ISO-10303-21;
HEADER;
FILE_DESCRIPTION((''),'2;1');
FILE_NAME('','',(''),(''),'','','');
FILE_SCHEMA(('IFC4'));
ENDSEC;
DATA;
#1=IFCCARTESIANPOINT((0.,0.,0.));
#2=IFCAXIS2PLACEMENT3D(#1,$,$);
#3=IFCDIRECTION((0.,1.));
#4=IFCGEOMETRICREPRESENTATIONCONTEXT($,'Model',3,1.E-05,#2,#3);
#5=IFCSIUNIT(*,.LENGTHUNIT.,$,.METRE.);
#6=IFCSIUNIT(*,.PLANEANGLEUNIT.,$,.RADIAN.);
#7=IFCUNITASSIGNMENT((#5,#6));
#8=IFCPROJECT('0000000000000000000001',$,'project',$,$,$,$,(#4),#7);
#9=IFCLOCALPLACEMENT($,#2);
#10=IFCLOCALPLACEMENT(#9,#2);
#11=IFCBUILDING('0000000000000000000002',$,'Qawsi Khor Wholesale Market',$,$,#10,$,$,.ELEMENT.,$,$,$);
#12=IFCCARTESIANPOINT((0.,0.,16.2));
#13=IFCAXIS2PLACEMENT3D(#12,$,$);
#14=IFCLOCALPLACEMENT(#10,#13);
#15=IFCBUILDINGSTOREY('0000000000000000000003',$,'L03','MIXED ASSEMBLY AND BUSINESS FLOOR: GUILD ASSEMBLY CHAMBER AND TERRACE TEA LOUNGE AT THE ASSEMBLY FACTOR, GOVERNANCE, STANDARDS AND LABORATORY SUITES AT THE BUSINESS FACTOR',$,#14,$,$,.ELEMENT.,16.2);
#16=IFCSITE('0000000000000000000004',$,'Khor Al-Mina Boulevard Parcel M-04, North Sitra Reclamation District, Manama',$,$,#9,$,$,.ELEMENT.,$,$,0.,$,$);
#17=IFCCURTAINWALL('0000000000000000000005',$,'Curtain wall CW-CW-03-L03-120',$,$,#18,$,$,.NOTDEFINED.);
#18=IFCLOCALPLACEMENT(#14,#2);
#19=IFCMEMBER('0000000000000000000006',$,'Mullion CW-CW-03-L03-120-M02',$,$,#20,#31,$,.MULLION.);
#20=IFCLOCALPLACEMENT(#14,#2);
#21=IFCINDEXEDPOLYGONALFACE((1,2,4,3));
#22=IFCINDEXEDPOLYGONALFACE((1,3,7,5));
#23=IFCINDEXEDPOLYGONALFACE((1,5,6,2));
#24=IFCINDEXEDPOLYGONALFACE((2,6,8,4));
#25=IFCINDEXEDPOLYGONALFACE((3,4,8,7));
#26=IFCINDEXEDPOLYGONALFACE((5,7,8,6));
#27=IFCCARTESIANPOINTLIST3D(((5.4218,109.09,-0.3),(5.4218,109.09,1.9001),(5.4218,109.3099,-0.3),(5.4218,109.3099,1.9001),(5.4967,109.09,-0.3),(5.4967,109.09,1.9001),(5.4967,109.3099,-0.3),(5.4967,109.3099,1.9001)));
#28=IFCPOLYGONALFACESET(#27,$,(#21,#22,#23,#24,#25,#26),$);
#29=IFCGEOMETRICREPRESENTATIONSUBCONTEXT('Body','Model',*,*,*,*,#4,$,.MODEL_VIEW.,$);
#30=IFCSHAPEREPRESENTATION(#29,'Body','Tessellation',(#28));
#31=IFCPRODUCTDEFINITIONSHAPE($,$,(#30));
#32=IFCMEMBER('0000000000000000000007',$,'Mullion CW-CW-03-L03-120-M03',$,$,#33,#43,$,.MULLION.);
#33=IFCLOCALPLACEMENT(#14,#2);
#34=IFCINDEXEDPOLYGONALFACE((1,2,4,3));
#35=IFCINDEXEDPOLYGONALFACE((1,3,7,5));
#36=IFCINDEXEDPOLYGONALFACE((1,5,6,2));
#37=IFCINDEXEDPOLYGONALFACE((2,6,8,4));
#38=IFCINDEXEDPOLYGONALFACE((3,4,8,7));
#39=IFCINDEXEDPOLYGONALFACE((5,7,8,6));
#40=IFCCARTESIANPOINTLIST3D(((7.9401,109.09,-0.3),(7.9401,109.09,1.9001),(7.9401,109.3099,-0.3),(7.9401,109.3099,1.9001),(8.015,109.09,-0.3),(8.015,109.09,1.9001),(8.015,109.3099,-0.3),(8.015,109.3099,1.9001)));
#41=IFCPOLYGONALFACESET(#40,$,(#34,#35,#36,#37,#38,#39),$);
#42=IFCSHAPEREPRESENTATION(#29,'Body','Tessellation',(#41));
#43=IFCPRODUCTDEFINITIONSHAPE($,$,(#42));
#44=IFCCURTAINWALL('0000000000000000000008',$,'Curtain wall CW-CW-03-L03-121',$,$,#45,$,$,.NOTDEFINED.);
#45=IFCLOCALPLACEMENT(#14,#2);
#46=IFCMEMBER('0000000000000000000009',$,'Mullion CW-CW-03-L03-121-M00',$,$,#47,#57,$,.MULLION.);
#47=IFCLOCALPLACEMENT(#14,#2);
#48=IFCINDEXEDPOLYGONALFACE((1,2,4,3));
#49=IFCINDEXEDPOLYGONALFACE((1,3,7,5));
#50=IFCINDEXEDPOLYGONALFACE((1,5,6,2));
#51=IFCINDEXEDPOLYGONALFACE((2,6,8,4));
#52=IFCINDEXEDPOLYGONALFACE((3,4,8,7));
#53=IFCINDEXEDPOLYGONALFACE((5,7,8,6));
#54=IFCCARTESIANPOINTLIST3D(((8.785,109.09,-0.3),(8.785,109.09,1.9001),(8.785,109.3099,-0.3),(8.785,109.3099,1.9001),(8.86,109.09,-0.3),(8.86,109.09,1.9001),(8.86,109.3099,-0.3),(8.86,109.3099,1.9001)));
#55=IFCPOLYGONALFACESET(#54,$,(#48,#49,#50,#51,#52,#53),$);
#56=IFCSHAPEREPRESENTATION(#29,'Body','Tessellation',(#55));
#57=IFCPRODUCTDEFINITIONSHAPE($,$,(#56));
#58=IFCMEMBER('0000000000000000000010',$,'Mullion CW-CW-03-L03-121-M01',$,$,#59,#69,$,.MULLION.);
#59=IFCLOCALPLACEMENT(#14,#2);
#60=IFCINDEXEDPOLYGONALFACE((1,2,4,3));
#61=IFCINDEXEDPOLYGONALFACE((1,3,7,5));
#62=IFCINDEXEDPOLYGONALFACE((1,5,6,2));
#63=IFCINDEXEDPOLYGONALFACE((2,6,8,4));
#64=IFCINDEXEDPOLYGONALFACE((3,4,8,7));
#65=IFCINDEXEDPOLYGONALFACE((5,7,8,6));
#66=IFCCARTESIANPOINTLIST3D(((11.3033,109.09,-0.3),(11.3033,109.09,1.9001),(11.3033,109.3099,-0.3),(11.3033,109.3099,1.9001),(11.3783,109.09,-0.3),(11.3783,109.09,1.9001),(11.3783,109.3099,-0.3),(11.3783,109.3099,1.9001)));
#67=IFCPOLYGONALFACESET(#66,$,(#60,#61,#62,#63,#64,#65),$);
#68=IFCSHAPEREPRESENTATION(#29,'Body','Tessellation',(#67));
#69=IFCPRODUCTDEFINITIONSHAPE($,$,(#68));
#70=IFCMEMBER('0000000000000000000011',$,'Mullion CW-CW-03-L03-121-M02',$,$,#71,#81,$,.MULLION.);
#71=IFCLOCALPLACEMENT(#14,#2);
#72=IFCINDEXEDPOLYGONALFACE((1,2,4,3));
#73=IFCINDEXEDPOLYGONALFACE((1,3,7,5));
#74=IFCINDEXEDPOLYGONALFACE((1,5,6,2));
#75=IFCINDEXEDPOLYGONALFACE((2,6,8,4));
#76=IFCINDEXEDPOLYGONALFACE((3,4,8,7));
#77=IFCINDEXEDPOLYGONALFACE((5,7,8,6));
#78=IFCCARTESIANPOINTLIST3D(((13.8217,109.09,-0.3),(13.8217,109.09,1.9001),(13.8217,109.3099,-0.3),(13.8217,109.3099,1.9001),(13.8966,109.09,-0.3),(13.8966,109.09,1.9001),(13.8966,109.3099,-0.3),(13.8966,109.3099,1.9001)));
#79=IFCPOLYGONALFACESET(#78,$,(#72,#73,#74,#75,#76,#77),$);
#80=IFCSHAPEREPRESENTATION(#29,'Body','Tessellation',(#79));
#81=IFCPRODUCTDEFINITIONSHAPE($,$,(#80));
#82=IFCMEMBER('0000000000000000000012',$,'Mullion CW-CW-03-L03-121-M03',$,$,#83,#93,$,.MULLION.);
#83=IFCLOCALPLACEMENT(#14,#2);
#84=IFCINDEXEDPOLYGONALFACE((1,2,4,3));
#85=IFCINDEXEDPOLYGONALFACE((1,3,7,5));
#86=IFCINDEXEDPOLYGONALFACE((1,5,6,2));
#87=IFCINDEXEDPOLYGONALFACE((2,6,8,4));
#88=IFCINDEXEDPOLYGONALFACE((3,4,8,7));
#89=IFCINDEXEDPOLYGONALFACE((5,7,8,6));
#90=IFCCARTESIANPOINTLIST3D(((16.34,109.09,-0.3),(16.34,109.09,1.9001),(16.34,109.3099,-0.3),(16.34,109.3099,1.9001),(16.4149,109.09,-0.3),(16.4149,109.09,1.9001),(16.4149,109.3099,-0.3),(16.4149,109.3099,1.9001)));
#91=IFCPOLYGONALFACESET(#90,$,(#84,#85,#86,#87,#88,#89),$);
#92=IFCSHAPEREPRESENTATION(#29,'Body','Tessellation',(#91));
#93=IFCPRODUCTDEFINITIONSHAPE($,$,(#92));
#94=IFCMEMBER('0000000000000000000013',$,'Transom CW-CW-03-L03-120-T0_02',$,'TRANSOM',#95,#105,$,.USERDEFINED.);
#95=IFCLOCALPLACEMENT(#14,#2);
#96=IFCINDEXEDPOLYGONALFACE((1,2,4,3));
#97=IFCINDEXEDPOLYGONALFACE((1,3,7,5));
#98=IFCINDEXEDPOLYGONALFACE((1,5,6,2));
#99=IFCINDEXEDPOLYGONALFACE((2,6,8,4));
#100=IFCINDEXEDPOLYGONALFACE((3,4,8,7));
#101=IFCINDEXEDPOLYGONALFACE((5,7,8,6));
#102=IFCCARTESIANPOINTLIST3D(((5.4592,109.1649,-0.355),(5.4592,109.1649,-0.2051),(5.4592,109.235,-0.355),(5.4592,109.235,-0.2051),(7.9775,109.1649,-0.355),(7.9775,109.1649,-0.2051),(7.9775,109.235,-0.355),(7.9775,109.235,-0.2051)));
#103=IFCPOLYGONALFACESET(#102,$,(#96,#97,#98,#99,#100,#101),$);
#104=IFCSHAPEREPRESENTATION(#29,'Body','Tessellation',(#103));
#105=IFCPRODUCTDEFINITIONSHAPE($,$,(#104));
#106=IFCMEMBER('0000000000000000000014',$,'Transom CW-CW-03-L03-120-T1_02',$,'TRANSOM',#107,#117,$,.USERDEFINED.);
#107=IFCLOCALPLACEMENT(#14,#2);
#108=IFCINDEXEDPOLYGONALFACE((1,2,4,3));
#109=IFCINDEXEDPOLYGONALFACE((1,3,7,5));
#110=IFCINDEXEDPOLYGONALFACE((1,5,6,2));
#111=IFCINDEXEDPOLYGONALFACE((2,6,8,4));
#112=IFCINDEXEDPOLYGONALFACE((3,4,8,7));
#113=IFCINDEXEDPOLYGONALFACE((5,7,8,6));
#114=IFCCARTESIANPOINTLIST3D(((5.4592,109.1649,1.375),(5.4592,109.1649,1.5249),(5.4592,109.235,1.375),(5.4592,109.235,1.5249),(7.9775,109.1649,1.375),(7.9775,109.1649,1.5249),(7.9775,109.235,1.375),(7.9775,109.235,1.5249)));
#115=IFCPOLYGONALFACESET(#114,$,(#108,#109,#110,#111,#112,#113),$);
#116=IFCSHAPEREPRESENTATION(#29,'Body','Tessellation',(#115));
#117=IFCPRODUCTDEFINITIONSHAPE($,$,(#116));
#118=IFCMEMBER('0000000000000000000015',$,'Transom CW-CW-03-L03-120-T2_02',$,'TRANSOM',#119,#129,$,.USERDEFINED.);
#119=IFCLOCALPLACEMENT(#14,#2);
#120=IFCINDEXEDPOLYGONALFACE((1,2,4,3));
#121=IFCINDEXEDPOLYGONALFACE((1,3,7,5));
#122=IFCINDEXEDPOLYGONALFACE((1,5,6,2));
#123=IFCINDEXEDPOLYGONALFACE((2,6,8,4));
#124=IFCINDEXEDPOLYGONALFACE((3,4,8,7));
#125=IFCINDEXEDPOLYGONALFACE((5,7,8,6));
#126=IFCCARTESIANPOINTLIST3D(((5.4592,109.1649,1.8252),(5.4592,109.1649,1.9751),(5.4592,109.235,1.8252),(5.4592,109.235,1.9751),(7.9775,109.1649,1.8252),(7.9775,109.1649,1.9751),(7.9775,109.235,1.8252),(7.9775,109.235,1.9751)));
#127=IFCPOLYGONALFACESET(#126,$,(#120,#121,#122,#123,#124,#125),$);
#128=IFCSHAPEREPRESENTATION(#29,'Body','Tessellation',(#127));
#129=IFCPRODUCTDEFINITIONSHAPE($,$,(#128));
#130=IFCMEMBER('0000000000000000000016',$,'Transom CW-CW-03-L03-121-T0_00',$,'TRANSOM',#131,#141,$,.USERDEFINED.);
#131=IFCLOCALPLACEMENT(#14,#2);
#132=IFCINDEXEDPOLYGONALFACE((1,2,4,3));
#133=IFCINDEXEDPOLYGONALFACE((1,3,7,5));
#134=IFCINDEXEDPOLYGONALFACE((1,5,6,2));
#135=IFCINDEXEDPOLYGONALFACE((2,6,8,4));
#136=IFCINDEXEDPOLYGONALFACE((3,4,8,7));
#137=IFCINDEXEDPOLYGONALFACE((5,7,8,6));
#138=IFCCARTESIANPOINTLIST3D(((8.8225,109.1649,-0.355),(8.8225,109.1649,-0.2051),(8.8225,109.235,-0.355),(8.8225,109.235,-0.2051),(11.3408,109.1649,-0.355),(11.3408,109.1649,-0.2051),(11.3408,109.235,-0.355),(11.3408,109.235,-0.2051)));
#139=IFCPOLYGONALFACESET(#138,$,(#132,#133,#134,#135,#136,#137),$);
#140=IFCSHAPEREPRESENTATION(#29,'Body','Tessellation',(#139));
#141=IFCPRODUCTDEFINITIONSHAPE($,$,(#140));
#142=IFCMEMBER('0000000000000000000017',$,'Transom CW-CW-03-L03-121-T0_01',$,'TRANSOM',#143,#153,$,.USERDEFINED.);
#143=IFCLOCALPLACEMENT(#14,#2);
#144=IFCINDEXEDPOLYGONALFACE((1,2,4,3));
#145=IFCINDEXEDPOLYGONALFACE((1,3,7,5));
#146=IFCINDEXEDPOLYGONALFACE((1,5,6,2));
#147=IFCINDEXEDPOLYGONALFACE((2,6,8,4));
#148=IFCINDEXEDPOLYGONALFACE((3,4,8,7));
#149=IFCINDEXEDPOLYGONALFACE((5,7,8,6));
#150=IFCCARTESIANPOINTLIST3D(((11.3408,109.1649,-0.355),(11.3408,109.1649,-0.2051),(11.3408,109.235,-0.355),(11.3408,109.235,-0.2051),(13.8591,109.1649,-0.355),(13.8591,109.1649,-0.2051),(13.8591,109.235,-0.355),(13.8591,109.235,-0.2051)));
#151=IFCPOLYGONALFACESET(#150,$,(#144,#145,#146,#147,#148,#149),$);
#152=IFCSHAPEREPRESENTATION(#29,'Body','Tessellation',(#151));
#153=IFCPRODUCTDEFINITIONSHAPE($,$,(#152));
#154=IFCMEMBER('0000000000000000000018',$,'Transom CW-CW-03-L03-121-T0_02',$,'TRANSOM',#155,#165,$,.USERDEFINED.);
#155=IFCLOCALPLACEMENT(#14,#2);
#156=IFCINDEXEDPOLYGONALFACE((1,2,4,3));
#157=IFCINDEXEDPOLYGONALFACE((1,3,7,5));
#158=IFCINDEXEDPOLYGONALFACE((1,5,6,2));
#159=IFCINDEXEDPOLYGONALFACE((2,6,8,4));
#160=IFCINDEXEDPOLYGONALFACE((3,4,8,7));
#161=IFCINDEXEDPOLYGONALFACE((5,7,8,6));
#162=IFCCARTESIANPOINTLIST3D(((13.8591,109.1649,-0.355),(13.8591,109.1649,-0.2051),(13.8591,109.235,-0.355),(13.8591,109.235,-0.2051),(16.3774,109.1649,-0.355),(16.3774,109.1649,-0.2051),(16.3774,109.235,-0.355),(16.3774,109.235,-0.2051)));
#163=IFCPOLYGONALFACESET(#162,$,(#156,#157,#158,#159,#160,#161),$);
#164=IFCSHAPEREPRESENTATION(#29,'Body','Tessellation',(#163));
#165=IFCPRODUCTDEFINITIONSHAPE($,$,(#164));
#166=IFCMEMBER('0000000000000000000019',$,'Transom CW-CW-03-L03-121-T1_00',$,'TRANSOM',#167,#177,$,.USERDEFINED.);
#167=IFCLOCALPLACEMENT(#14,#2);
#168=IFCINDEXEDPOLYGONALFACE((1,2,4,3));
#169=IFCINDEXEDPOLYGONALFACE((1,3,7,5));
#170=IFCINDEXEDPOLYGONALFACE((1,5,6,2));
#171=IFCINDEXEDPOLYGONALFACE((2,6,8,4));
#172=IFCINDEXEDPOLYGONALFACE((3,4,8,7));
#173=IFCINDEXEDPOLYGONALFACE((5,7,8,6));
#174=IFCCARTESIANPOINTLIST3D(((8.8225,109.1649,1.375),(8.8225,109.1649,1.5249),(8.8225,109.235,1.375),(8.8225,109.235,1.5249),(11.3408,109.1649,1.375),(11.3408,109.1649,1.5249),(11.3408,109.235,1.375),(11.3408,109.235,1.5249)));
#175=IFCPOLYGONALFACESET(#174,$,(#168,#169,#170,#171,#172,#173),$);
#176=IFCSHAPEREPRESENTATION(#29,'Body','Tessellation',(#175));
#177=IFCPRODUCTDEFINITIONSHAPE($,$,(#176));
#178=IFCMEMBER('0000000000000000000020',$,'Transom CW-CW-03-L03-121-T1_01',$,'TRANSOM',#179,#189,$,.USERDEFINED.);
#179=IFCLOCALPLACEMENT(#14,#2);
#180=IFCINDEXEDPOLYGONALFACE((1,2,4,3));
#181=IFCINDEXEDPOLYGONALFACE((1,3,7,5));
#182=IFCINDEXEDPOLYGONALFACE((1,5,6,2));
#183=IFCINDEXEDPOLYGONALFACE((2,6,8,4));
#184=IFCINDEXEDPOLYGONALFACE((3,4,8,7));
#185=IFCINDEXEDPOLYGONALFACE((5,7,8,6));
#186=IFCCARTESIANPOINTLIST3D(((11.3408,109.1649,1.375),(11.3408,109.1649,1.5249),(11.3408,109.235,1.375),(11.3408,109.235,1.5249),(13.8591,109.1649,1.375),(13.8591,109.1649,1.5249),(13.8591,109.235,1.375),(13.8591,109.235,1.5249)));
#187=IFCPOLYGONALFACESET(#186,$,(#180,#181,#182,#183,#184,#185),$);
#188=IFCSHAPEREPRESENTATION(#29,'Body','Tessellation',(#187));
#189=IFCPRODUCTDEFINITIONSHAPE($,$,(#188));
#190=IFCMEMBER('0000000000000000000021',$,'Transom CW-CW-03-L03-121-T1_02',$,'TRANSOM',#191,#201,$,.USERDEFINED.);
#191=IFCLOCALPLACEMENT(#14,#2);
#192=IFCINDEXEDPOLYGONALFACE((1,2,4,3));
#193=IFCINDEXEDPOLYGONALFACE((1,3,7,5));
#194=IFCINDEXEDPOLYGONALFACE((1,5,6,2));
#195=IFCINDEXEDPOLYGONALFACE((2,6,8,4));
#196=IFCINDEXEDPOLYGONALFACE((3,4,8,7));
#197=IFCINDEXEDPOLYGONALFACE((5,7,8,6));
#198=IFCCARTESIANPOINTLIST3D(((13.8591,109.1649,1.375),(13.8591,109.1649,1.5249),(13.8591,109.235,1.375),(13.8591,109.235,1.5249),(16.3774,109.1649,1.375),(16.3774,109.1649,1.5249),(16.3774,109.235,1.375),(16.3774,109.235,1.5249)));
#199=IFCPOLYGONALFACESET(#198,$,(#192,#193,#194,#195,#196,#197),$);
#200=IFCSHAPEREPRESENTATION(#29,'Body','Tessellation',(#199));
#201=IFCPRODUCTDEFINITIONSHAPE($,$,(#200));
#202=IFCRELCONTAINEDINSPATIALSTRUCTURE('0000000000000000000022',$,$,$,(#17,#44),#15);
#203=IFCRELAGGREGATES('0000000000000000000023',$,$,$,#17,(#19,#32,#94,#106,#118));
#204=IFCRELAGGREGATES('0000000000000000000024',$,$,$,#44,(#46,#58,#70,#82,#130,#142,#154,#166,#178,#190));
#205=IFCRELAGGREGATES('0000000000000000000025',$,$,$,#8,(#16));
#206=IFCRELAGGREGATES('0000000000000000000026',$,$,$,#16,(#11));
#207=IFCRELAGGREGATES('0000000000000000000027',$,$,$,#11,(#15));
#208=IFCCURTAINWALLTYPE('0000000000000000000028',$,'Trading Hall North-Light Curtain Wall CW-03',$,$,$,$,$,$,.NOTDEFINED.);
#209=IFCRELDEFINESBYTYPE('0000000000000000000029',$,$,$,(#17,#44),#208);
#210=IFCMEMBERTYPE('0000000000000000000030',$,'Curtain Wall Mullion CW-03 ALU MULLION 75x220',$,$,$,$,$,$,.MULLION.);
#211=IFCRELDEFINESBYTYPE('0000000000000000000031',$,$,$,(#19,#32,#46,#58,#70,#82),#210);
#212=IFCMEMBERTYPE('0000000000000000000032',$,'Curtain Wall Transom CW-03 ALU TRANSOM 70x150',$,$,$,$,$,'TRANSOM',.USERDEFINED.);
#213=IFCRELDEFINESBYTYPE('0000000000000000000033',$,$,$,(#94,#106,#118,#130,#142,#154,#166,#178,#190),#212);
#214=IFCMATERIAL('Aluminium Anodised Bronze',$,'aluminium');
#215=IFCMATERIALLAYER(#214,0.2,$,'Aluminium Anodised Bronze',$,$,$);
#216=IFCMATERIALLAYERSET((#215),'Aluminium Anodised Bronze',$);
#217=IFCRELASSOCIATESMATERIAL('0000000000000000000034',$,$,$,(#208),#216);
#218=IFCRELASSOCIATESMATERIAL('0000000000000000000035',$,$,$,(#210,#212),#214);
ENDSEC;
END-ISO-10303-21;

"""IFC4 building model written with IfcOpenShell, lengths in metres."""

from ifc_helpers import new_model, si_unit, direction, frame, origin, origin_2d, place, context, subcontext, project, spatial, rectangle, extrude, material, layer, layer_set, material_profile, profile_set, type_object, element, aggregate, save


model = new_model("IFC4")

# Units and contexts
model_context = context("Model", 3, precision=1e-05, world=origin(), true_north=direction((0.0, 1.0)))
body_context = subcontext(model_context, "Body", "Model", "MODEL_VIEW")
ifc_project = project(units=[si_unit("LENGTHUNIT", "METRE"), si_unit("PLANEANGLEUNIT", "RADIAN")], contexts=[model_context])

# Site, building, storey
site_placement = place(None, origin())
site = spatial("IfcSite", under=ifc_project, at=site_placement, Name="Khor Al-Mina Boulevard Parcel M-04, North Sitra Reclamation District, Manama", CompositionType="ELEMENT", RefElevation=0.0)
building_placement = place(site_placement, origin())
building = spatial("IfcBuilding", under=site, at=building_placement, Name="Qawsi Khor Wholesale Market", CompositionType="ELEMENT")
storey_placement = place(building_placement, frame((0.0, 0.0, 16.2)))
storey = spatial("IfcBuildingStorey", under=building, at=storey_placement, Name="L03", Description="MIXED ASSEMBLY AND BUSINESS FLOOR: GUILD ASSEMBLY CHAMBER AND TERRACE TEA LOUNGE AT THE ASSEMBLY FACTOR, GOVERNANCE, STANDARDS AND LABORATORY SUITES AT THE BUSINESS FACTOR", CompositionType="ELEMENT", Elevation=16.2)

# Curtain walls, members
ifc_material_1 = material(Name="Aluminium Anodised Bronze", Category="aluminium")
ifc_layer_1 = layer(ifc_material_1, 0.2, Name="Aluminium Anodised Bronze")
ifc_layer_set_1 = layer_set([ifc_layer_1], Name="Aluminium Anodised Bronze")
curtain_wall_type = type_object("IfcCurtainWallType", Name="Trading Hall North-Light Curtain Wall CW-03", PredefinedType="NOTDEFINED", material=ifc_layer_set_1)
curtain_wall_1_placement = place(storey_placement, origin())
curtain_wall_1 = element("IfcCurtainWall", 1, at=curtain_wall_1_placement, inside=storey, type_object=curtain_wall_type, Name="Curtain wall CW-CW-03-L03-120", PredefinedType="NOTDEFINED")
ifc_material_profile_1 = material_profile(ifc_material_1, rectangle(XDim=0.075, YDim=0.22, at=origin_2d()), Name="ALU MULLION 75x220")
ifc_profile_set_1 = profile_set([ifc_material_profile_1], Name="Aluminium Anodised Bronze")
member_type_1 = type_object("IfcMemberType", Name="Curtain Wall Mullion CW-03 ALU MULLION 75x220", PredefinedType="MULLION", material=ifc_profile_set_1)
member_1_placement = place(storey_placement, frame((5.4592, 109.2, -0.3), z_axis=(0.0, 0.0, 1.0), x_axis=(1.0, 0.0, 0.0)))
member_1 = element("IfcMember", 2, at=member_1_placement, type_object=member_type_1, Name="Mullion CW-CW-03-L03-120-M02", PredefinedType="MULLION", context=body_context, shape_type="SweptSolid", body=[
    extrude(rectangle(XDim=0.075, YDim=0.22, at=origin_2d()), origin(), (0.0, 0.0, 1.0), 2.2002),
])
member_2_placement = place(storey_placement, frame((7.9775, 109.2, -0.3), z_axis=(0.0, 0.0, 1.0), x_axis=(1.0, 0.0, 0.0)))
member_2 = element("IfcMember", 3, at=member_2_placement, type_object=member_type_1, Name="Mullion CW-CW-03-L03-120-M03", PredefinedType="MULLION", context=body_context, shape_type="SweptSolid", body=[
    extrude(rectangle(XDim=0.075, YDim=0.22, at=origin_2d()), origin(), (0.0, 0.0, 1.0), 2.2002),
])
curtain_wall_2_placement = place(storey_placement, origin())
curtain_wall_2 = element("IfcCurtainWall", 4, at=curtain_wall_2_placement, inside=storey, type_object=curtain_wall_type, Name="Curtain wall CW-CW-03-L03-121", PredefinedType="NOTDEFINED")
member_3_placement = place(storey_placement, frame((8.8225, 109.2, -0.3), z_axis=(0.0, 0.0, 1.0), x_axis=(1.0, 0.0, 0.0)))
member_3 = element("IfcMember", 5, at=member_3_placement, type_object=member_type_1, Name="Mullion CW-CW-03-L03-121-M00", PredefinedType="MULLION", context=body_context, shape_type="SweptSolid", body=[
    extrude(rectangle(XDim=0.075, YDim=0.22, at=origin_2d()), origin(), (0.0, 0.0, 1.0), 2.2002),
])
member_4_placement = place(storey_placement, frame((11.3408, 109.2, -0.3), z_axis=(0.0, 0.0, 1.0), x_axis=(1.0, 0.0, 0.0)))
member_4 = element("IfcMember", 6, at=member_4_placement, type_object=member_type_1, Name="Mullion CW-CW-03-L03-121-M01", PredefinedType="MULLION", context=body_context, shape_type="SweptSolid", body=[
    extrude(rectangle(XDim=0.075, YDim=0.22, at=origin_2d()), origin(), (0.0, 0.0, 1.0), 2.2002),
])
member_5_placement = place(storey_placement, frame((13.8591, 109.2, -0.3), z_axis=(0.0, 0.0, 1.0), x_axis=(1.0, 0.0, 0.0)))
member_5 = element("IfcMember", 7, at=member_5_placement, type_object=member_type_1, Name="Mullion CW-CW-03-L03-121-M02", PredefinedType="MULLION", context=body_context, shape_type="SweptSolid", body=[
    extrude(rectangle(XDim=0.075, YDim=0.22, at=origin_2d()), origin(), (0.0, 0.0, 1.0), 2.2002),
])
member_6_placement = place(storey_placement, frame((16.3774, 109.2, -0.3), z_axis=(0.0, 0.0, 1.0), x_axis=(1.0, 0.0, 0.0)))
member_6 = element("IfcMember", 8, at=member_6_placement, type_object=member_type_1, Name="Mullion CW-CW-03-L03-121-M03", PredefinedType="MULLION", context=body_context, shape_type="SweptSolid", body=[
    extrude(rectangle(XDim=0.075, YDim=0.22, at=origin_2d()), origin(), (0.0, 0.0, 1.0), 2.2002),
])

# Members
ifc_material_profile_2 = material_profile(ifc_material_1, rectangle(XDim=0.0701, YDim=0.1499, at=origin_2d()), Name="ALU TRANSOM 70x150")
ifc_profile_set_2 = profile_set([ifc_material_profile_2], Name="Aluminium Anodised Bronze")
member_type_2 = type_object("IfcMemberType", Name="Curtain Wall Transom CW-03 ALU TRANSOM 70x150", ElementType="TRANSOM", PredefinedType="USERDEFINED", material=ifc_profile_set_2)
member_7_placement = place(storey_placement, frame((5.4592, 109.2, -0.28), z_axis=(1.0, 0.0, 0.0), x_axis=(0.0, 1.0, 0.0)))
member_7 = element("IfcMember", 9, at=member_7_placement, type_object=member_type_2, Name="Transom CW-CW-03-L03-120-T0_02", ObjectType="TRANSOM", PredefinedType="USERDEFINED", context=body_context, shape_type="SweptSolid", body=[
    extrude(rectangle(XDim=0.0701, YDim=0.1499, at=origin_2d()), origin(), (0.0, 0.0, 1.0), 2.5183),
])
member_8_placement = place(storey_placement, frame((5.4592, 109.2, 1.45), z_axis=(1.0, 0.0, 0.0), x_axis=(0.0, 1.0, 0.0)))
member_8 = element("IfcMember", 10, at=member_8_placement, type_object=member_type_2, Name="Transom CW-CW-03-L03-120-T1_02", ObjectType="TRANSOM", PredefinedType="USERDEFINED", context=body_context, shape_type="SweptSolid", body=[
    extrude(rectangle(XDim=0.0701, YDim=0.1499, at=origin_2d()), origin(), (0.0, 0.0, 1.0), 2.5183),
])
member_9_placement = place(storey_placement, frame((5.4592, 109.2, 1.9001), z_axis=(1.0, 0.0, 0.0), x_axis=(0.0, 1.0, 0.0)))
member_9 = element("IfcMember", 11, at=member_9_placement, type_object=member_type_2, Name="Transom CW-CW-03-L03-120-T2_02", ObjectType="TRANSOM", PredefinedType="USERDEFINED", context=body_context, shape_type="SweptSolid", body=[
    extrude(rectangle(XDim=0.0701, YDim=0.1499, at=origin_2d()), origin(), (0.0, 0.0, 1.0), 2.5183),
])
member_10_placement = place(storey_placement, frame((8.8225, 109.2, -0.28), z_axis=(1.0, 0.0, 0.0), x_axis=(0.0, 1.0, 0.0)))
member_10 = element("IfcMember", 12, at=member_10_placement, type_object=member_type_2, Name="Transom CW-CW-03-L03-121-T0_00", ObjectType="TRANSOM", PredefinedType="USERDEFINED", context=body_context, shape_type="SweptSolid", body=[
    extrude(rectangle(XDim=0.0701, YDim=0.1499, at=origin_2d()), origin(), (0.0, 0.0, 1.0), 2.5183),
])
member_11_placement = place(storey_placement, frame((11.3408, 109.2, -0.28), z_axis=(1.0, 0.0, 0.0), x_axis=(0.0, 1.0, 0.0)))
member_11 = element("IfcMember", 13, at=member_11_placement, type_object=member_type_2, Name="Transom CW-CW-03-L03-121-T0_01", ObjectType="TRANSOM", PredefinedType="USERDEFINED", context=body_context, shape_type="SweptSolid", body=[
    extrude(rectangle(XDim=0.0701, YDim=0.1499, at=origin_2d()), origin(), (0.0, 0.0, 1.0), 2.5183),
])
member_12_placement = place(storey_placement, frame((13.8591, 109.2, -0.28), z_axis=(1.0, 0.0, 0.0), x_axis=(0.0, 1.0, 0.0)))
member_12 = element("IfcMember", 14, at=member_12_placement, type_object=member_type_2, Name="Transom CW-CW-03-L03-121-T0_02", ObjectType="TRANSOM", PredefinedType="USERDEFINED", context=body_context, shape_type="SweptSolid", body=[
    extrude(rectangle(XDim=0.0701, YDim=0.1499, at=origin_2d()), origin(), (0.0, 0.0, 1.0), 2.5183),
])
member_13_placement = place(storey_placement, frame((8.8225, 109.2, 1.45), z_axis=(1.0, 0.0, 0.0), x_axis=(0.0, 1.0, 0.0)))
member_13 = element("IfcMember", 15, at=member_13_placement, type_object=member_type_2, Name="Transom CW-CW-03-L03-121-T1_00", ObjectType="TRANSOM", PredefinedType="USERDEFINED", context=body_context, shape_type="SweptSolid", body=[
    extrude(rectangle(XDim=0.0701, YDim=0.1499, at=origin_2d()), origin(), (0.0, 0.0, 1.0), 2.5183),
])
member_14_placement = place(storey_placement, frame((11.3408, 109.2, 1.45), z_axis=(1.0, 0.0, 0.0), x_axis=(0.0, 1.0, 0.0)))
member_14 = element("IfcMember", 16, at=member_14_placement, type_object=member_type_2, Name="Transom CW-CW-03-L03-121-T1_01", ObjectType="TRANSOM", PredefinedType="USERDEFINED", context=body_context, shape_type="SweptSolid", body=[
    extrude(rectangle(XDim=0.0701, YDim=0.1499, at=origin_2d()), origin(), (0.0, 0.0, 1.0), 2.5183),
])
member_15_placement = place(storey_placement, frame((13.8591, 109.2, 1.45), z_axis=(1.0, 0.0, 0.0), x_axis=(0.0, 1.0, 0.0)))
member_15 = element("IfcMember", 17, at=member_15_placement, type_object=member_type_2, Name="Transom CW-CW-03-L03-121-T1_02", ObjectType="TRANSOM", PredefinedType="USERDEFINED", context=body_context, shape_type="SweptSolid", body=[
    extrude(rectangle(XDim=0.0701, YDim=0.1499, at=origin_2d()), origin(), (0.0, 0.0, 1.0), 2.5183),
])

aggregate(curtain_wall_1, [member_1, member_2, member_7, member_8, member_9])
aggregate(curtain_wall_2, [member_3, member_4, member_5, member_6, member_10, member_11, member_12, member_13, member_14, member_15])

save(model, "model.ifc")
